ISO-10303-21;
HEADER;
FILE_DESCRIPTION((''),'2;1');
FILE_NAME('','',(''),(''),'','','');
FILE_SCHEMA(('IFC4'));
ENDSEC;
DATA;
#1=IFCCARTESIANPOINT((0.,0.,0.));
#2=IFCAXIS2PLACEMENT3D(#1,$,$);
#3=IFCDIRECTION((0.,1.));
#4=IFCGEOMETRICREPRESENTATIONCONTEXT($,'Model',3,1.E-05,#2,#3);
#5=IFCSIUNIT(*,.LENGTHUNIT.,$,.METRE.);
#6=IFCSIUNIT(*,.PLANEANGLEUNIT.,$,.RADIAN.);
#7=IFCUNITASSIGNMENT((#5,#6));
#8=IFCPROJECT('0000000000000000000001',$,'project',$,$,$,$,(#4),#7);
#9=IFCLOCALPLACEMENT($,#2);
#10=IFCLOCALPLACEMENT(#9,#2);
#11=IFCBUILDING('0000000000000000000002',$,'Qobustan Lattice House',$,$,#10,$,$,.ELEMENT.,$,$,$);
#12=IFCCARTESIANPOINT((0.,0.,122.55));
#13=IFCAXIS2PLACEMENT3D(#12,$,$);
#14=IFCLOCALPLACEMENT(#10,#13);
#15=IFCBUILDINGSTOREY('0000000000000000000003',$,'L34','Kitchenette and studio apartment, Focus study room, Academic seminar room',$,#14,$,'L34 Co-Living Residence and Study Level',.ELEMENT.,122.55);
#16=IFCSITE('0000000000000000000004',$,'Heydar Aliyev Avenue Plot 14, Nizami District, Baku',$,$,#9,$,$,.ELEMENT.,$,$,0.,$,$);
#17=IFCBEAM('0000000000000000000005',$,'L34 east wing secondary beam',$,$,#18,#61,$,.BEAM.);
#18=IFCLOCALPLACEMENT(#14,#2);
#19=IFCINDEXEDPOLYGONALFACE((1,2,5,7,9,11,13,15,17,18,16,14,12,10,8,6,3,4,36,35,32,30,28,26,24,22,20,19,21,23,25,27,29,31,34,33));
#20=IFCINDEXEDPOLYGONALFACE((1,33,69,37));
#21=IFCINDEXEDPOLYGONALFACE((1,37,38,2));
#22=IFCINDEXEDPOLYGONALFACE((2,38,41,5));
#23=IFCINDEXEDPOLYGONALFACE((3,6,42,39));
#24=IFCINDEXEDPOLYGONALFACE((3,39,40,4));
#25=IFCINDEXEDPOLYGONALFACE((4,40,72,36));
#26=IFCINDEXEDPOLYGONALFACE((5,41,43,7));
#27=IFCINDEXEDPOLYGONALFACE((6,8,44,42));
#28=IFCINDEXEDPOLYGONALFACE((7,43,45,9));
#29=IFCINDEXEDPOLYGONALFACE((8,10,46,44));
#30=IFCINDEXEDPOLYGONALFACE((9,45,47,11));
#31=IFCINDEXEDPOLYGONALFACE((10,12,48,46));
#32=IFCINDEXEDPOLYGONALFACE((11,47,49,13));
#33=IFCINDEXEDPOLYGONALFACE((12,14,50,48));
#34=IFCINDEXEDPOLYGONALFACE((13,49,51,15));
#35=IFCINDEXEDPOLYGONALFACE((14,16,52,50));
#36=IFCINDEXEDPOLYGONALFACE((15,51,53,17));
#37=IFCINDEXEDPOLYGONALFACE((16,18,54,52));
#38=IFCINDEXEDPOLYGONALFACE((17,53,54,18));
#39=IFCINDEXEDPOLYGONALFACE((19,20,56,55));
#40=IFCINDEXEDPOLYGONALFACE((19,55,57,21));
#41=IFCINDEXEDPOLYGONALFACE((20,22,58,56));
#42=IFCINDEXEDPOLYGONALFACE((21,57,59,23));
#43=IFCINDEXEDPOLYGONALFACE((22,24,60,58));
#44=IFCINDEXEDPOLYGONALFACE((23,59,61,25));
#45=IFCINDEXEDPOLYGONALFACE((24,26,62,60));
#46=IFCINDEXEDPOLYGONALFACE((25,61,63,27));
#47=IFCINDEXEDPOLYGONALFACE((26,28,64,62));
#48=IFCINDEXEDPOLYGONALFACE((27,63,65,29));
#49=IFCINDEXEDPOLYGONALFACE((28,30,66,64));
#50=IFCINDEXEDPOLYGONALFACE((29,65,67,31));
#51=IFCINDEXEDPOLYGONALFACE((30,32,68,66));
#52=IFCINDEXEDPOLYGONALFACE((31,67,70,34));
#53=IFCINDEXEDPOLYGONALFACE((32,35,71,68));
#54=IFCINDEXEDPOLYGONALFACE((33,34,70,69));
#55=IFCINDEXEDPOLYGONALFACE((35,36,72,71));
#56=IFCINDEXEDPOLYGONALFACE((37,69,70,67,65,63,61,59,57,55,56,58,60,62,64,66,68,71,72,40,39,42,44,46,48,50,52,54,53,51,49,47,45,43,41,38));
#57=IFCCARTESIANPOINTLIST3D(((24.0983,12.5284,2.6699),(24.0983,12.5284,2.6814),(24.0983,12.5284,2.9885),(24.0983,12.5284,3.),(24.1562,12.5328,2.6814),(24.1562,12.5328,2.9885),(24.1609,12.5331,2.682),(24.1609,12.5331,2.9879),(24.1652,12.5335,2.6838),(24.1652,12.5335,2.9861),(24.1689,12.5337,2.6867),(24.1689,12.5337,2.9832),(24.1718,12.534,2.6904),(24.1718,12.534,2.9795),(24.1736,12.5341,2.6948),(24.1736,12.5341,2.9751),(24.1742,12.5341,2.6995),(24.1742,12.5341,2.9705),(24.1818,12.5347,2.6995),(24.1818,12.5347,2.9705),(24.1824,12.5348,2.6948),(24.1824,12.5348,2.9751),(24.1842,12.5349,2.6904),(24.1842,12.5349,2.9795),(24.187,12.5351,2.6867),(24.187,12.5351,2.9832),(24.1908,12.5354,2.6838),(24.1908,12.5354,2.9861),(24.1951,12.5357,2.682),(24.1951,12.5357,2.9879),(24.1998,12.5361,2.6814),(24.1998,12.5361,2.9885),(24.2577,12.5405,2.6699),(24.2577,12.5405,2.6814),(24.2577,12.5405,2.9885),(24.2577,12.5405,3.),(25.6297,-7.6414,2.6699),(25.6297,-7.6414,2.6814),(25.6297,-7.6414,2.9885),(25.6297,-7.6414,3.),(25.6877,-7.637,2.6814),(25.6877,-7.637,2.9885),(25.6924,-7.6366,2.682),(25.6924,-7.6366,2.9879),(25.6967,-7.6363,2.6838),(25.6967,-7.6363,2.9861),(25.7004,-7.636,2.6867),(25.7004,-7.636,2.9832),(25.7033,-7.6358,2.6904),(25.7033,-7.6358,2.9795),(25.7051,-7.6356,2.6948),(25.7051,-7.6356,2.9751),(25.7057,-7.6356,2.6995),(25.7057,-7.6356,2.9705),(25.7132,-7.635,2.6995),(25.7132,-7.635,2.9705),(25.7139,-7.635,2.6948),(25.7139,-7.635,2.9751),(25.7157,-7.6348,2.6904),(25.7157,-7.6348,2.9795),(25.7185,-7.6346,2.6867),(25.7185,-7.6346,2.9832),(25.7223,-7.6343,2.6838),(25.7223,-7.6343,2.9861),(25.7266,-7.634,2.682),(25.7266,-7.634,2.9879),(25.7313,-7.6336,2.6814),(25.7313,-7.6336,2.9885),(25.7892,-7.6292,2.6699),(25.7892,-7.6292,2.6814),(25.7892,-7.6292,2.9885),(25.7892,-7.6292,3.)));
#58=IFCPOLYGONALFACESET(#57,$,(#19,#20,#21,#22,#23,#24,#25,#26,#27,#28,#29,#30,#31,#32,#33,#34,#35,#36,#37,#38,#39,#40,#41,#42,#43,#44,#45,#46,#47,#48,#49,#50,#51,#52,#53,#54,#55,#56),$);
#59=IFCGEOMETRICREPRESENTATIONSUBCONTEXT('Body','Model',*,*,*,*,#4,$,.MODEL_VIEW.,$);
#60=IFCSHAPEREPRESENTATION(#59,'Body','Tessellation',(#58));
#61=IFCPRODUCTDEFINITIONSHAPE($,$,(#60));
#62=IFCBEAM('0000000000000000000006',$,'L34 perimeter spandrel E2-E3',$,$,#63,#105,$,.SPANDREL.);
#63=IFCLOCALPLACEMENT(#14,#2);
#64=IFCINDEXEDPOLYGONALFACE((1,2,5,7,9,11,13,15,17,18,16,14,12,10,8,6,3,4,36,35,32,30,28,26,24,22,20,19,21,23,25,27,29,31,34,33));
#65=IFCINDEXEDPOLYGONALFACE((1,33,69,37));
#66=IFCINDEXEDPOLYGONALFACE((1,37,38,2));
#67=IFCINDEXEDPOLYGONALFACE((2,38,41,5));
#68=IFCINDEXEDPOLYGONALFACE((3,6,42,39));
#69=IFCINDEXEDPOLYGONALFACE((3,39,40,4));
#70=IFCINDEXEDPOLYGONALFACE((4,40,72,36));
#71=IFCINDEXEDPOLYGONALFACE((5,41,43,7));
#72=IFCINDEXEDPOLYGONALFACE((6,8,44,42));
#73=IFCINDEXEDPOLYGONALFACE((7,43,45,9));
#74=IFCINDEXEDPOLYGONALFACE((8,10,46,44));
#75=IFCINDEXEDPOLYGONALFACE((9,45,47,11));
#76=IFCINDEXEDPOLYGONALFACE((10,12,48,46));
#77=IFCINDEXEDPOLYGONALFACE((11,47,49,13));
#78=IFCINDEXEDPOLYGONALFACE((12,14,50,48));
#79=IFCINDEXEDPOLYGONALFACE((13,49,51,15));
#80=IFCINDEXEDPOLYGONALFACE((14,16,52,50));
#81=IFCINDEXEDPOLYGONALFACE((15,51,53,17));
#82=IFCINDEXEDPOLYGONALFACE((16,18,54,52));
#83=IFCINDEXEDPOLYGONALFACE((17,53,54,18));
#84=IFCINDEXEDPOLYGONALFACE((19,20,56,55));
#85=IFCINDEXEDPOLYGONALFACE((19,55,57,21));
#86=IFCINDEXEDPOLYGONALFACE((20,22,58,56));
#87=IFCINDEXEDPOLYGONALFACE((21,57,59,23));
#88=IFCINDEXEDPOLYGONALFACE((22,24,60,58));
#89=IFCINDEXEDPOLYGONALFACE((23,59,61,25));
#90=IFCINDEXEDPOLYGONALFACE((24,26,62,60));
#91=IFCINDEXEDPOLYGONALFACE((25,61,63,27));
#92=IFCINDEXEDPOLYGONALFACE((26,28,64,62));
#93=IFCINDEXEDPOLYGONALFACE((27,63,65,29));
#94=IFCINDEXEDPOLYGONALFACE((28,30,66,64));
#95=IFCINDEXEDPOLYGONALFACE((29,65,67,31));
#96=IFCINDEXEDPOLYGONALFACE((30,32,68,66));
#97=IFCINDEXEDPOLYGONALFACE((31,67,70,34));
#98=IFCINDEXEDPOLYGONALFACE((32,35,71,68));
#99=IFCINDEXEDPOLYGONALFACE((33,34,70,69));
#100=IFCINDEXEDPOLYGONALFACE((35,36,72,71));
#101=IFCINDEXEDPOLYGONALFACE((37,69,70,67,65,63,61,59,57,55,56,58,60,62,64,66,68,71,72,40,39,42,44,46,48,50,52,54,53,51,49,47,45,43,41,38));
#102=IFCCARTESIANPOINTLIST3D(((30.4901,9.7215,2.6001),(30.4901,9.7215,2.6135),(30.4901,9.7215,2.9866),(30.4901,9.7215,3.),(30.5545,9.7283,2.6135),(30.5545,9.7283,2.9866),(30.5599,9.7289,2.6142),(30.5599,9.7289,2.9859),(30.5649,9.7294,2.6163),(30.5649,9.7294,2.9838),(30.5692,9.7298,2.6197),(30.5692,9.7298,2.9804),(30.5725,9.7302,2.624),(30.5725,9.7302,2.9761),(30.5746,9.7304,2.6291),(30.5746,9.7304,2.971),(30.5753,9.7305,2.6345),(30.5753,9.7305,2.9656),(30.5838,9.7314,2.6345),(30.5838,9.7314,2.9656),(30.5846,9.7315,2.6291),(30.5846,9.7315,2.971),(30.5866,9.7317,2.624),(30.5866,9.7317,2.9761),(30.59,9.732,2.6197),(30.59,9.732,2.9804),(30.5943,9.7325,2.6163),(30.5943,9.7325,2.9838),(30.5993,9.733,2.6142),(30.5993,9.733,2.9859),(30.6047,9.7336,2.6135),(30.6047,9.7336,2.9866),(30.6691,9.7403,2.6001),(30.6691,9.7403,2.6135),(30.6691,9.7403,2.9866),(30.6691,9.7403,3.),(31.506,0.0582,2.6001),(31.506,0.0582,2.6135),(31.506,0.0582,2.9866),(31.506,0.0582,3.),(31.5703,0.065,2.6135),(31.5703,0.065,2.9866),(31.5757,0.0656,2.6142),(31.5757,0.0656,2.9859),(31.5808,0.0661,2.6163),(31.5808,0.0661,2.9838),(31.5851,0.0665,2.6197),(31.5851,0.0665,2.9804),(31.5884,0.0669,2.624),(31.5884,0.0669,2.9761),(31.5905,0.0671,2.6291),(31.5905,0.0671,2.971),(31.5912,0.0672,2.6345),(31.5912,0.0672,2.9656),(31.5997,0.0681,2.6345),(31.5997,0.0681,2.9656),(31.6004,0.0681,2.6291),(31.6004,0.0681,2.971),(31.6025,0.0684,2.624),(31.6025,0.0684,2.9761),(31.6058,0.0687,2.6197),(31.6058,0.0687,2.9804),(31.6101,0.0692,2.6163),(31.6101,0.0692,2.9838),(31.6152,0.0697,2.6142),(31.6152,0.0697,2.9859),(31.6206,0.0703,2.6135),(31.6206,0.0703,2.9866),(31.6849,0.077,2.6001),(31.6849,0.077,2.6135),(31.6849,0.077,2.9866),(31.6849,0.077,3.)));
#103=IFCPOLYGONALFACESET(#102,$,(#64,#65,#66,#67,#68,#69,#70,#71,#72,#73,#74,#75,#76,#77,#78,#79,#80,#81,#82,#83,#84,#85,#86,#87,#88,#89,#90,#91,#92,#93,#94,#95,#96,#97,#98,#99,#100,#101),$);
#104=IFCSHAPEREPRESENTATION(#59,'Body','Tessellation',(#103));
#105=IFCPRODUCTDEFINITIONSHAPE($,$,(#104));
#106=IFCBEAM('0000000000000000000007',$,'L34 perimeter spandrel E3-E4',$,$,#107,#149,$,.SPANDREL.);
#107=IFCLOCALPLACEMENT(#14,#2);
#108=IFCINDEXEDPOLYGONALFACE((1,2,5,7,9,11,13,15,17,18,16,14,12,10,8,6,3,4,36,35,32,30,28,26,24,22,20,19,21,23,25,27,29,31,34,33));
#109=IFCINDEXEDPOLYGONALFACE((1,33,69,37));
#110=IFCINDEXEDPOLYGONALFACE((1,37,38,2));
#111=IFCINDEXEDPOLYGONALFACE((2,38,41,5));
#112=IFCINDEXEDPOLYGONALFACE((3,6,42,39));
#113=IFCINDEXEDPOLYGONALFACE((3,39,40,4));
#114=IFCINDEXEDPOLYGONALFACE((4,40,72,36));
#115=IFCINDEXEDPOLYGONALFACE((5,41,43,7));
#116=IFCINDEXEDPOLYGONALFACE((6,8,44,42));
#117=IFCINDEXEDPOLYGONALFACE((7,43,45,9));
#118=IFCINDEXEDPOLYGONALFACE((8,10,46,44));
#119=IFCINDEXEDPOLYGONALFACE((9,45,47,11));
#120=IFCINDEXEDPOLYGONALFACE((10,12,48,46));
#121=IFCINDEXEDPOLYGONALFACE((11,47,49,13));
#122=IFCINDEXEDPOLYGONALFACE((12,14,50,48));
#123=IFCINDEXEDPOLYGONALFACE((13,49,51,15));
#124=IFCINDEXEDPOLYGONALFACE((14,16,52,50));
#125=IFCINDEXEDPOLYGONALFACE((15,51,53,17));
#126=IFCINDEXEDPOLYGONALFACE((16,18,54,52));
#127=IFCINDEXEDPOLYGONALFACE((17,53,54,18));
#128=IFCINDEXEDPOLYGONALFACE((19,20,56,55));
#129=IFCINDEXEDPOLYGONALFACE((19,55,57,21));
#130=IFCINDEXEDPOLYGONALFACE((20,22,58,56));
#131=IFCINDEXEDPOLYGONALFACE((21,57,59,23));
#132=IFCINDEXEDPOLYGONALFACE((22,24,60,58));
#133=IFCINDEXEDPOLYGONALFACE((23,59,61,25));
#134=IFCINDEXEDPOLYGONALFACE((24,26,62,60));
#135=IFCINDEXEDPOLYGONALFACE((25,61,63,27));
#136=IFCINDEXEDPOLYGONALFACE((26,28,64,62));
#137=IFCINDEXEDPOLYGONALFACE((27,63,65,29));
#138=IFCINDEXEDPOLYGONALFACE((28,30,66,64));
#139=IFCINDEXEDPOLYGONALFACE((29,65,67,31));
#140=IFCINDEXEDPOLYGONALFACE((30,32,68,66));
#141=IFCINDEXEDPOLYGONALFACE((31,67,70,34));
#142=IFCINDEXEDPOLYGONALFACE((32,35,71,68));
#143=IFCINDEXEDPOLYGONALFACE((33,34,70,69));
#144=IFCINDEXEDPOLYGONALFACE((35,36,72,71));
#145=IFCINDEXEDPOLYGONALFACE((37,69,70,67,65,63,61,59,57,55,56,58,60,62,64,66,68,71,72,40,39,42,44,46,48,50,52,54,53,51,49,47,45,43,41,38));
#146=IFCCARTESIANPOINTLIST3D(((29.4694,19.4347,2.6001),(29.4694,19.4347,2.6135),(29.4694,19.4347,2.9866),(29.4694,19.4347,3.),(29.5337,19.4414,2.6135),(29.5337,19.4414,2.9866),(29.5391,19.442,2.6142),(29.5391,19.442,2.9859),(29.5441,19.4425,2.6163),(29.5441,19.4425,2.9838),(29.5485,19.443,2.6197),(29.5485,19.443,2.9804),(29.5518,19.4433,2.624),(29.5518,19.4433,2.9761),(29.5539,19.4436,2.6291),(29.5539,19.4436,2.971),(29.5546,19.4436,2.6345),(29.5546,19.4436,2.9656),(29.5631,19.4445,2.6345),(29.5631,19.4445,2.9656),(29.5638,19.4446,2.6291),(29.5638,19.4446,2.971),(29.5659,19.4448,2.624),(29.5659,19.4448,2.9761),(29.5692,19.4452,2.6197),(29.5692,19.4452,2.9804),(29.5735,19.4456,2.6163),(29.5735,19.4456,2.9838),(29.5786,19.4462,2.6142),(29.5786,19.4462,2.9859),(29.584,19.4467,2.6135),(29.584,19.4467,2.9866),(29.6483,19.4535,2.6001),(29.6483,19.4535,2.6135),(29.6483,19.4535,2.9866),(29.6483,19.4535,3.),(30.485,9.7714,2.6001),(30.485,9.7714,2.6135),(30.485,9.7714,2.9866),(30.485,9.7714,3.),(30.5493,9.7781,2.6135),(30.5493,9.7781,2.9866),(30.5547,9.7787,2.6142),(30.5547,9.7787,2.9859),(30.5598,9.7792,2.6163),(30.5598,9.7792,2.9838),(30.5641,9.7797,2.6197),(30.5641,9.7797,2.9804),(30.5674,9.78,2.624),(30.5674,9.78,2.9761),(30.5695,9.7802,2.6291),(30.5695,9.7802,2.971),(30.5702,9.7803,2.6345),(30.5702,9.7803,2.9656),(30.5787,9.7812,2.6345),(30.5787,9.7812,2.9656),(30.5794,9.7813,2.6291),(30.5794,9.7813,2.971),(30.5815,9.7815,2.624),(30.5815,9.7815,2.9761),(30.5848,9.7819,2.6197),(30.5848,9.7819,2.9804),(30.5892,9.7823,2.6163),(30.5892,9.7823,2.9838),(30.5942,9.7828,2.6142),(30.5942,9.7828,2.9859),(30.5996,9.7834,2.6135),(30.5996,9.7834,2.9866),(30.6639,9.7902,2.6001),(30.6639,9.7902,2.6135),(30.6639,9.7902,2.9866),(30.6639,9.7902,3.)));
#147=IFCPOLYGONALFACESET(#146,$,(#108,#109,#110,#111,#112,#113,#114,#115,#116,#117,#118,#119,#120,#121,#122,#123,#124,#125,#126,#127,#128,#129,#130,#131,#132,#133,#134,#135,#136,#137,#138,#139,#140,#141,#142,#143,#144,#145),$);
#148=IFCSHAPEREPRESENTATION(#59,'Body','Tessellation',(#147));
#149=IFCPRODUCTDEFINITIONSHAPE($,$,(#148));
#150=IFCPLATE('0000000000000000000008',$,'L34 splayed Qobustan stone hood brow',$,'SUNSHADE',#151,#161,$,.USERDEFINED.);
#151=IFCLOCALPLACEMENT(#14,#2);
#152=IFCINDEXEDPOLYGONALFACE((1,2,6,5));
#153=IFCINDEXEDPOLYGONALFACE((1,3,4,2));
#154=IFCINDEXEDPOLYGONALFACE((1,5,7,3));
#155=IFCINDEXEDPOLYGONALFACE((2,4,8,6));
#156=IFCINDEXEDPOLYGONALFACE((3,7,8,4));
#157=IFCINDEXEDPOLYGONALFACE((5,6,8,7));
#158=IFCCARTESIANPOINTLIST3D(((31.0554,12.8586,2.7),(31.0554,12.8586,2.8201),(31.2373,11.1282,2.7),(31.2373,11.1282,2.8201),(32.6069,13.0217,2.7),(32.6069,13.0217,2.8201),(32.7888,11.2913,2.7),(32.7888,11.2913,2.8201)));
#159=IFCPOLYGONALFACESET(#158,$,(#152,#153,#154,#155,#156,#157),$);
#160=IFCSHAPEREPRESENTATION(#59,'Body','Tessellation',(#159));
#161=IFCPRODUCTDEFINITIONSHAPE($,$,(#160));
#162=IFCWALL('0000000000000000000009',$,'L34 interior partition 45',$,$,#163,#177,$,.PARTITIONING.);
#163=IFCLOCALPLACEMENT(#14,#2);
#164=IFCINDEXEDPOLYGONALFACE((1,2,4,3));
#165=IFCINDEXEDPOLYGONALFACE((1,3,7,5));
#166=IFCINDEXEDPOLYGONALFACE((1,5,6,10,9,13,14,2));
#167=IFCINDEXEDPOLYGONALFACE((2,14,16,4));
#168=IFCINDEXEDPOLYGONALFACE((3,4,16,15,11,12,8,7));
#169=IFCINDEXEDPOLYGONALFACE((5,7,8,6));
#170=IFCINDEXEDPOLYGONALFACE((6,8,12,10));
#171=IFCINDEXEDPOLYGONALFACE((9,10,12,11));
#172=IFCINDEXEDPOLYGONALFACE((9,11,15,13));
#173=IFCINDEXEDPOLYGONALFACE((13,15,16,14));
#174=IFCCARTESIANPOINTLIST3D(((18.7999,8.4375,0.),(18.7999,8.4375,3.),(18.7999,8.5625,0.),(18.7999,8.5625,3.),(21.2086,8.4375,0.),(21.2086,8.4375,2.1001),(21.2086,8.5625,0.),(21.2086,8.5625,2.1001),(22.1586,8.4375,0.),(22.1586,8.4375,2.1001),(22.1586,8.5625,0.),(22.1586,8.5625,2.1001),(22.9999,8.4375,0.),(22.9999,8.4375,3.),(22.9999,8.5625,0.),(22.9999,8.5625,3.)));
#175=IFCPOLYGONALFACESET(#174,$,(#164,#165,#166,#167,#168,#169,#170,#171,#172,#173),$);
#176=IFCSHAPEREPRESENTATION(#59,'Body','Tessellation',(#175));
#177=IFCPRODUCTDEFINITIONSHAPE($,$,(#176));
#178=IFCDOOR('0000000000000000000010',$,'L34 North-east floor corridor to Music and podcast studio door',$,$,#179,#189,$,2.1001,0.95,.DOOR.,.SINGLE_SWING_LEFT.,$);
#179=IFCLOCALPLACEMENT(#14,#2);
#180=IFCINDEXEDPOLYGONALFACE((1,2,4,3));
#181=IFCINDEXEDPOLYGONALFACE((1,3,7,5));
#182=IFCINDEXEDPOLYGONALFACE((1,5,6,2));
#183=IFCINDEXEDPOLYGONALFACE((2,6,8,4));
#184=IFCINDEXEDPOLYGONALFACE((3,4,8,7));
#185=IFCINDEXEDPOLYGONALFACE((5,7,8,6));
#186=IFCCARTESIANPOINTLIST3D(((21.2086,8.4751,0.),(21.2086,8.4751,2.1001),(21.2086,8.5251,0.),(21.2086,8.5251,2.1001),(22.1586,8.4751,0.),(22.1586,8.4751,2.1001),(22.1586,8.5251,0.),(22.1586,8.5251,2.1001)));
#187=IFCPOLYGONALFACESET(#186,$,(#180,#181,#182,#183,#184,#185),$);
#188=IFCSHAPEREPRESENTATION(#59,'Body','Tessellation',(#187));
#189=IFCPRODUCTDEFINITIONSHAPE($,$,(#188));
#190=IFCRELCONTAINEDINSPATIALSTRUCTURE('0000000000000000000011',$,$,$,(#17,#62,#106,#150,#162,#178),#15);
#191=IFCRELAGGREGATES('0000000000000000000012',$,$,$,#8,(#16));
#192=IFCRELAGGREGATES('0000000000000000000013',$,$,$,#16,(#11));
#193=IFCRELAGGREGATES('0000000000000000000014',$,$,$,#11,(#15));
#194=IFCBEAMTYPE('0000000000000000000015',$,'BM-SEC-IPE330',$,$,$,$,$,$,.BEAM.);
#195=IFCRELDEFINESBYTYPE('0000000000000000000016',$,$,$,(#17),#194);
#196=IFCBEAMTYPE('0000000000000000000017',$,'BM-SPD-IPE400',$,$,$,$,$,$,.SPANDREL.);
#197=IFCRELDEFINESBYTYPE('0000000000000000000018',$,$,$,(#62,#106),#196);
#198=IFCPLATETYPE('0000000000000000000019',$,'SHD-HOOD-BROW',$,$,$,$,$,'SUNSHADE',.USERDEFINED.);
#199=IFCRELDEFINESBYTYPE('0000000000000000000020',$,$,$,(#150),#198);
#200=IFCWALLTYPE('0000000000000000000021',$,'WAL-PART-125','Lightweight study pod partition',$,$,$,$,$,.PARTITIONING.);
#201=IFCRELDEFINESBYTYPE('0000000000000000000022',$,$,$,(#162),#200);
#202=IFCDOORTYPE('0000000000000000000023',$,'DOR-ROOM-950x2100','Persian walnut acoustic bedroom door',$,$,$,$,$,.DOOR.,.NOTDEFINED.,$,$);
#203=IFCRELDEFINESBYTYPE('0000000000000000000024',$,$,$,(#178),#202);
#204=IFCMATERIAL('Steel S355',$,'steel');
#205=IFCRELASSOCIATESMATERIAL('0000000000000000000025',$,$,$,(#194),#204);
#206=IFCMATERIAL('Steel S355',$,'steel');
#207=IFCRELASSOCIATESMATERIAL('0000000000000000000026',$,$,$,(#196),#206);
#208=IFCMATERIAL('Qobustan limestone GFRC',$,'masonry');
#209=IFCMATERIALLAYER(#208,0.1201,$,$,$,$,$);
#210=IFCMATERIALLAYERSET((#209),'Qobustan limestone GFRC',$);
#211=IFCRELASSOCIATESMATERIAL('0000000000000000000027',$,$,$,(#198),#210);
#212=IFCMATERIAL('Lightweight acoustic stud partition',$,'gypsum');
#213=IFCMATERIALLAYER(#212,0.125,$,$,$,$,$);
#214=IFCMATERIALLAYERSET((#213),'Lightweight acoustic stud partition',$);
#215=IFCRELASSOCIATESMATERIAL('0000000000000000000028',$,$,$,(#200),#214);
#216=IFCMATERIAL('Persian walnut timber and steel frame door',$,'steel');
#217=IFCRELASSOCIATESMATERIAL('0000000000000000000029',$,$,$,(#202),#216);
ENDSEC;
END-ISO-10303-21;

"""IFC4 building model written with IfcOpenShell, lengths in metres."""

from ifc_helpers import new_model, si_unit, direction, frame, frame_2d, origin, origin_2d, place, context, subcontext, project, spatial, rectangle, i_section, extrude, material, layer, layer_set, material_profile, profile_set, type_object, element, fill, save


model = new_model("IFC4")

# Units and contexts
model_context = context("Model", 3, precision=1e-05, world=origin(), true_north=direction((0.0, 1.0)))
body_context = subcontext(model_context, "Body", "Model", "MODEL_VIEW")
ifc_project = project(units=[si_unit("LENGTHUNIT", "METRE"), si_unit("PLANEANGLEUNIT", "RADIAN")], contexts=[model_context])

# Site, building, storey
site_placement = place(None, origin())
site = spatial("IfcSite", under=ifc_project, at=site_placement, Name="Heydar Aliyev Avenue Plot 14, Nizami District, Baku", CompositionType="ELEMENT", RefElevation=0.0)
building_placement = place(site_placement, origin())
building = spatial("IfcBuilding", under=site, at=building_placement, Name="Qobustan Lattice House", CompositionType="ELEMENT")
storey_placement = place(building_placement, frame((0.0, 0.0, 122.55)))
storey = spatial("IfcBuildingStorey", under=building, at=storey_placement, Name="L34", Description="Kitchenette and studio apartment, Focus study room, Academic seminar room", LongName="L34 Co-Living Residence and Study Level", CompositionType="ELEMENT", Elevation=122.55)

# Beams
ifc_material_1 = material(Name="Steel S355", Category="steel")
ifc_material_profile_1 = material_profile(ifc_material_1, i_section(OverallWidth=0.1599, OverallDepth=0.3301, WebThickness=0.0076, FlangeThickness=0.0115, FilletRadius=0.0181, at=origin_2d()), Name="IPE330")
ifc_profile_set_1 = profile_set([ifc_material_profile_1], Name="Steel S355")
beam_type_1 = type_object("IfcBeamType", Name="BM-SEC-IPE330", PredefinedType="BEAM", material=ifc_profile_set_1)
beam_1_placement = place(storey_placement, frame((24.178, 12.5344, 2.835), z_axis=(0.075713, -0.99713, 0.0), x_axis=(0.99713, 0.075713, 0.0)))
element("IfcBeam", 1, at=beam_1_placement, inside=storey, type_object=beam_type_1, Name="L34 east wing secondary beam", PredefinedType="BEAM", context=body_context, shape_type="SweptSolid", body=[
    extrude(i_section(OverallWidth=0.1599, OverallDepth=0.3301, WebThickness=0.0076, FlangeThickness=0.0115, FilletRadius=0.0181, at=origin_2d()), origin(), (0.0, 0.0, 1.0), 20.2278),
])
ifc_material_2 = material(Name="Steel S355", Category="steel")
ifc_material_profile_2 = material_profile(ifc_material_2, i_section(OverallWidth=0.1799, OverallDepth=0.3999, WebThickness=0.0085, FlangeThickness=0.0134, FilletRadius=0.021, at=origin_2d()), Name="IPE400")
ifc_profile_set_2 = profile_set([ifc_material_profile_2], Name="Steel S355")
beam_type_2 = type_object("IfcBeamType", Name="BM-SPD-IPE400", PredefinedType="SPANDREL", material=ifc_profile_set_2)
for number, where, z_axis, x_axis, name in (
    (2, (31.5955, 0.0676, 2.8), (-0.10455, 0.99452, 0.0), (-0.99452, -0.10455, 0.0), "L34 perimeter spandrel E2-E3"),
    (3, (30.5745, 9.7808, 2.8), (-0.104525, 0.994522, 0.0), (-0.994522, -0.104525, 0.0), "L34 perimeter spandrel E3-E4"),
):
    element("IfcBeam", number, at=place(storey_placement, frame(where, z_axis=z_axis, x_axis=x_axis)), inside=storey, type_object=beam_type_2, Name=name, PredefinedType="SPANDREL", context=body_context, shape_type="SweptSolid", body=[
        extrude(i_section(OverallWidth=0.1799, OverallDepth=0.3999, WebThickness=0.0085, FlangeThickness=0.0134, FilletRadius=0.021, at=origin_2d()), origin(), (0.0, 0.0, 1.0), 9.7166),
    ])

# Plate
ifc_material_3 = material(Name="Qobustan limestone GFRC", Category="masonry")
ifc_layer_1 = layer(ifc_material_3, 0.1201)
ifc_layer_set_1 = layer_set([ifc_layer_1], Name="Qobustan limestone GFRC")
plate_type = type_object("IfcPlateType", Name="SHD-HOOD-BROW", ElementType="SUNSHADE", PredefinedType="USERDEFINED", material=ifc_layer_set_1)
plate_placement = place(storey_placement, frame((31.9221, 12.075, 2.7), z_axis=(0.0, 0.0, 1.0), x_axis=(0.104528, -0.994522, 0.0)))
element("IfcPlate", 4, at=plate_placement, inside=storey, type_object=plate_type, Name="L34 splayed Qobustan stone hood brow", ObjectType="SUNSHADE", PredefinedType="USERDEFINED", context=body_context, shape_type="SweptSolid", body=[
    extrude(rectangle(XDim=1.74, YDim=1.5601, at=origin_2d()), origin(), (0.0, 0.0, 1.0), 0.1201),
])

# Wall, opening, door
ifc_material_4 = material(Name="Lightweight acoustic stud partition", Category="gypsum")
ifc_layer_2 = layer(ifc_material_4, 0.125)
ifc_layer_set_2 = layer_set([ifc_layer_2], Name="Lightweight acoustic stud partition")
wall_type_1 = type_object("IfcWallType", Name="WAL-PART-125", Description="Lightweight study pod partition", PredefinedType="PARTITIONING", material=ifc_layer_set_2)
wall_1_placement = place(storey_placement, frame((23.0, 8.5, 0.0), z_axis=(0.0, 0.0, 1.0), x_axis=(-1.0, 0.0, 0.0)))
wall_1 = element("IfcWall", 5, at=wall_1_placement, inside=storey, type_object=wall_type_1, Name="L34 interior partition 45", PredefinedType="PARTITIONING", context=body_context, shape_type="SweptSolid", body=[
    extrude(rectangle(XDim=4.2, YDim=0.125, at=frame_2d((2.1001, 0.0))), origin(), (0.0, 0.0, 1.0), 3.0),
])
opening_1_placement = place(wall_1_placement, frame((0.8413, 0.0, 0.0)))
opening_1 = element("IfcOpeningElement", 6, at=opening_1_placement, cuts=wall_1, PredefinedType="OPENING", context=body_context, shape_type="SweptSolid", body=[
    extrude(rectangle(XDim=0.95, YDim=2.1001, at=frame_2d((0.4751, 1.05))), frame((0.0, 0.0725, 0.0), z_axis=(0.0, -1.0, 0.0), x_axis=(1.0, 0.0, 0.0)), (0.0, 0.0, 1.0), 0.145),
])
ifc_material_5 = material(Name="Persian walnut timber and steel frame door", Category="steel")
door_type_1 = type_object("IfcDoorType", Name="DOR-ROOM-950x2100", Description="Persian walnut acoustic bedroom door", OperationType="NOTDEFINED", PredefinedType="DOOR", material=ifc_material_5)
door_1_placement = place(opening_1_placement, origin())
door_1 = element("IfcDoor", 7, at=door_1_placement, inside=storey, type_object=door_type_1, Name="L34 North-east floor corridor to Music and podcast studio door", OperationType="SINGLE_SWING_LEFT", OverallHeight=2.1001, OverallWidth=0.95, PredefinedType="DOOR", context=body_context, shape_type="SweptSolid", body=[
    extrude(rectangle(XDim=0.95, YDim=2.1001, at=frame_2d((0.4751, 1.05))), frame((0.0, 0.0249, 0.0), z_axis=(0.0, -1.0, 0.0), x_axis=(1.0, 0.0, 0.0)), (0.0, 0.0, 1.0), 0.05),
])
fill(opening_1, door_1)

save(model, "model.ifc")
